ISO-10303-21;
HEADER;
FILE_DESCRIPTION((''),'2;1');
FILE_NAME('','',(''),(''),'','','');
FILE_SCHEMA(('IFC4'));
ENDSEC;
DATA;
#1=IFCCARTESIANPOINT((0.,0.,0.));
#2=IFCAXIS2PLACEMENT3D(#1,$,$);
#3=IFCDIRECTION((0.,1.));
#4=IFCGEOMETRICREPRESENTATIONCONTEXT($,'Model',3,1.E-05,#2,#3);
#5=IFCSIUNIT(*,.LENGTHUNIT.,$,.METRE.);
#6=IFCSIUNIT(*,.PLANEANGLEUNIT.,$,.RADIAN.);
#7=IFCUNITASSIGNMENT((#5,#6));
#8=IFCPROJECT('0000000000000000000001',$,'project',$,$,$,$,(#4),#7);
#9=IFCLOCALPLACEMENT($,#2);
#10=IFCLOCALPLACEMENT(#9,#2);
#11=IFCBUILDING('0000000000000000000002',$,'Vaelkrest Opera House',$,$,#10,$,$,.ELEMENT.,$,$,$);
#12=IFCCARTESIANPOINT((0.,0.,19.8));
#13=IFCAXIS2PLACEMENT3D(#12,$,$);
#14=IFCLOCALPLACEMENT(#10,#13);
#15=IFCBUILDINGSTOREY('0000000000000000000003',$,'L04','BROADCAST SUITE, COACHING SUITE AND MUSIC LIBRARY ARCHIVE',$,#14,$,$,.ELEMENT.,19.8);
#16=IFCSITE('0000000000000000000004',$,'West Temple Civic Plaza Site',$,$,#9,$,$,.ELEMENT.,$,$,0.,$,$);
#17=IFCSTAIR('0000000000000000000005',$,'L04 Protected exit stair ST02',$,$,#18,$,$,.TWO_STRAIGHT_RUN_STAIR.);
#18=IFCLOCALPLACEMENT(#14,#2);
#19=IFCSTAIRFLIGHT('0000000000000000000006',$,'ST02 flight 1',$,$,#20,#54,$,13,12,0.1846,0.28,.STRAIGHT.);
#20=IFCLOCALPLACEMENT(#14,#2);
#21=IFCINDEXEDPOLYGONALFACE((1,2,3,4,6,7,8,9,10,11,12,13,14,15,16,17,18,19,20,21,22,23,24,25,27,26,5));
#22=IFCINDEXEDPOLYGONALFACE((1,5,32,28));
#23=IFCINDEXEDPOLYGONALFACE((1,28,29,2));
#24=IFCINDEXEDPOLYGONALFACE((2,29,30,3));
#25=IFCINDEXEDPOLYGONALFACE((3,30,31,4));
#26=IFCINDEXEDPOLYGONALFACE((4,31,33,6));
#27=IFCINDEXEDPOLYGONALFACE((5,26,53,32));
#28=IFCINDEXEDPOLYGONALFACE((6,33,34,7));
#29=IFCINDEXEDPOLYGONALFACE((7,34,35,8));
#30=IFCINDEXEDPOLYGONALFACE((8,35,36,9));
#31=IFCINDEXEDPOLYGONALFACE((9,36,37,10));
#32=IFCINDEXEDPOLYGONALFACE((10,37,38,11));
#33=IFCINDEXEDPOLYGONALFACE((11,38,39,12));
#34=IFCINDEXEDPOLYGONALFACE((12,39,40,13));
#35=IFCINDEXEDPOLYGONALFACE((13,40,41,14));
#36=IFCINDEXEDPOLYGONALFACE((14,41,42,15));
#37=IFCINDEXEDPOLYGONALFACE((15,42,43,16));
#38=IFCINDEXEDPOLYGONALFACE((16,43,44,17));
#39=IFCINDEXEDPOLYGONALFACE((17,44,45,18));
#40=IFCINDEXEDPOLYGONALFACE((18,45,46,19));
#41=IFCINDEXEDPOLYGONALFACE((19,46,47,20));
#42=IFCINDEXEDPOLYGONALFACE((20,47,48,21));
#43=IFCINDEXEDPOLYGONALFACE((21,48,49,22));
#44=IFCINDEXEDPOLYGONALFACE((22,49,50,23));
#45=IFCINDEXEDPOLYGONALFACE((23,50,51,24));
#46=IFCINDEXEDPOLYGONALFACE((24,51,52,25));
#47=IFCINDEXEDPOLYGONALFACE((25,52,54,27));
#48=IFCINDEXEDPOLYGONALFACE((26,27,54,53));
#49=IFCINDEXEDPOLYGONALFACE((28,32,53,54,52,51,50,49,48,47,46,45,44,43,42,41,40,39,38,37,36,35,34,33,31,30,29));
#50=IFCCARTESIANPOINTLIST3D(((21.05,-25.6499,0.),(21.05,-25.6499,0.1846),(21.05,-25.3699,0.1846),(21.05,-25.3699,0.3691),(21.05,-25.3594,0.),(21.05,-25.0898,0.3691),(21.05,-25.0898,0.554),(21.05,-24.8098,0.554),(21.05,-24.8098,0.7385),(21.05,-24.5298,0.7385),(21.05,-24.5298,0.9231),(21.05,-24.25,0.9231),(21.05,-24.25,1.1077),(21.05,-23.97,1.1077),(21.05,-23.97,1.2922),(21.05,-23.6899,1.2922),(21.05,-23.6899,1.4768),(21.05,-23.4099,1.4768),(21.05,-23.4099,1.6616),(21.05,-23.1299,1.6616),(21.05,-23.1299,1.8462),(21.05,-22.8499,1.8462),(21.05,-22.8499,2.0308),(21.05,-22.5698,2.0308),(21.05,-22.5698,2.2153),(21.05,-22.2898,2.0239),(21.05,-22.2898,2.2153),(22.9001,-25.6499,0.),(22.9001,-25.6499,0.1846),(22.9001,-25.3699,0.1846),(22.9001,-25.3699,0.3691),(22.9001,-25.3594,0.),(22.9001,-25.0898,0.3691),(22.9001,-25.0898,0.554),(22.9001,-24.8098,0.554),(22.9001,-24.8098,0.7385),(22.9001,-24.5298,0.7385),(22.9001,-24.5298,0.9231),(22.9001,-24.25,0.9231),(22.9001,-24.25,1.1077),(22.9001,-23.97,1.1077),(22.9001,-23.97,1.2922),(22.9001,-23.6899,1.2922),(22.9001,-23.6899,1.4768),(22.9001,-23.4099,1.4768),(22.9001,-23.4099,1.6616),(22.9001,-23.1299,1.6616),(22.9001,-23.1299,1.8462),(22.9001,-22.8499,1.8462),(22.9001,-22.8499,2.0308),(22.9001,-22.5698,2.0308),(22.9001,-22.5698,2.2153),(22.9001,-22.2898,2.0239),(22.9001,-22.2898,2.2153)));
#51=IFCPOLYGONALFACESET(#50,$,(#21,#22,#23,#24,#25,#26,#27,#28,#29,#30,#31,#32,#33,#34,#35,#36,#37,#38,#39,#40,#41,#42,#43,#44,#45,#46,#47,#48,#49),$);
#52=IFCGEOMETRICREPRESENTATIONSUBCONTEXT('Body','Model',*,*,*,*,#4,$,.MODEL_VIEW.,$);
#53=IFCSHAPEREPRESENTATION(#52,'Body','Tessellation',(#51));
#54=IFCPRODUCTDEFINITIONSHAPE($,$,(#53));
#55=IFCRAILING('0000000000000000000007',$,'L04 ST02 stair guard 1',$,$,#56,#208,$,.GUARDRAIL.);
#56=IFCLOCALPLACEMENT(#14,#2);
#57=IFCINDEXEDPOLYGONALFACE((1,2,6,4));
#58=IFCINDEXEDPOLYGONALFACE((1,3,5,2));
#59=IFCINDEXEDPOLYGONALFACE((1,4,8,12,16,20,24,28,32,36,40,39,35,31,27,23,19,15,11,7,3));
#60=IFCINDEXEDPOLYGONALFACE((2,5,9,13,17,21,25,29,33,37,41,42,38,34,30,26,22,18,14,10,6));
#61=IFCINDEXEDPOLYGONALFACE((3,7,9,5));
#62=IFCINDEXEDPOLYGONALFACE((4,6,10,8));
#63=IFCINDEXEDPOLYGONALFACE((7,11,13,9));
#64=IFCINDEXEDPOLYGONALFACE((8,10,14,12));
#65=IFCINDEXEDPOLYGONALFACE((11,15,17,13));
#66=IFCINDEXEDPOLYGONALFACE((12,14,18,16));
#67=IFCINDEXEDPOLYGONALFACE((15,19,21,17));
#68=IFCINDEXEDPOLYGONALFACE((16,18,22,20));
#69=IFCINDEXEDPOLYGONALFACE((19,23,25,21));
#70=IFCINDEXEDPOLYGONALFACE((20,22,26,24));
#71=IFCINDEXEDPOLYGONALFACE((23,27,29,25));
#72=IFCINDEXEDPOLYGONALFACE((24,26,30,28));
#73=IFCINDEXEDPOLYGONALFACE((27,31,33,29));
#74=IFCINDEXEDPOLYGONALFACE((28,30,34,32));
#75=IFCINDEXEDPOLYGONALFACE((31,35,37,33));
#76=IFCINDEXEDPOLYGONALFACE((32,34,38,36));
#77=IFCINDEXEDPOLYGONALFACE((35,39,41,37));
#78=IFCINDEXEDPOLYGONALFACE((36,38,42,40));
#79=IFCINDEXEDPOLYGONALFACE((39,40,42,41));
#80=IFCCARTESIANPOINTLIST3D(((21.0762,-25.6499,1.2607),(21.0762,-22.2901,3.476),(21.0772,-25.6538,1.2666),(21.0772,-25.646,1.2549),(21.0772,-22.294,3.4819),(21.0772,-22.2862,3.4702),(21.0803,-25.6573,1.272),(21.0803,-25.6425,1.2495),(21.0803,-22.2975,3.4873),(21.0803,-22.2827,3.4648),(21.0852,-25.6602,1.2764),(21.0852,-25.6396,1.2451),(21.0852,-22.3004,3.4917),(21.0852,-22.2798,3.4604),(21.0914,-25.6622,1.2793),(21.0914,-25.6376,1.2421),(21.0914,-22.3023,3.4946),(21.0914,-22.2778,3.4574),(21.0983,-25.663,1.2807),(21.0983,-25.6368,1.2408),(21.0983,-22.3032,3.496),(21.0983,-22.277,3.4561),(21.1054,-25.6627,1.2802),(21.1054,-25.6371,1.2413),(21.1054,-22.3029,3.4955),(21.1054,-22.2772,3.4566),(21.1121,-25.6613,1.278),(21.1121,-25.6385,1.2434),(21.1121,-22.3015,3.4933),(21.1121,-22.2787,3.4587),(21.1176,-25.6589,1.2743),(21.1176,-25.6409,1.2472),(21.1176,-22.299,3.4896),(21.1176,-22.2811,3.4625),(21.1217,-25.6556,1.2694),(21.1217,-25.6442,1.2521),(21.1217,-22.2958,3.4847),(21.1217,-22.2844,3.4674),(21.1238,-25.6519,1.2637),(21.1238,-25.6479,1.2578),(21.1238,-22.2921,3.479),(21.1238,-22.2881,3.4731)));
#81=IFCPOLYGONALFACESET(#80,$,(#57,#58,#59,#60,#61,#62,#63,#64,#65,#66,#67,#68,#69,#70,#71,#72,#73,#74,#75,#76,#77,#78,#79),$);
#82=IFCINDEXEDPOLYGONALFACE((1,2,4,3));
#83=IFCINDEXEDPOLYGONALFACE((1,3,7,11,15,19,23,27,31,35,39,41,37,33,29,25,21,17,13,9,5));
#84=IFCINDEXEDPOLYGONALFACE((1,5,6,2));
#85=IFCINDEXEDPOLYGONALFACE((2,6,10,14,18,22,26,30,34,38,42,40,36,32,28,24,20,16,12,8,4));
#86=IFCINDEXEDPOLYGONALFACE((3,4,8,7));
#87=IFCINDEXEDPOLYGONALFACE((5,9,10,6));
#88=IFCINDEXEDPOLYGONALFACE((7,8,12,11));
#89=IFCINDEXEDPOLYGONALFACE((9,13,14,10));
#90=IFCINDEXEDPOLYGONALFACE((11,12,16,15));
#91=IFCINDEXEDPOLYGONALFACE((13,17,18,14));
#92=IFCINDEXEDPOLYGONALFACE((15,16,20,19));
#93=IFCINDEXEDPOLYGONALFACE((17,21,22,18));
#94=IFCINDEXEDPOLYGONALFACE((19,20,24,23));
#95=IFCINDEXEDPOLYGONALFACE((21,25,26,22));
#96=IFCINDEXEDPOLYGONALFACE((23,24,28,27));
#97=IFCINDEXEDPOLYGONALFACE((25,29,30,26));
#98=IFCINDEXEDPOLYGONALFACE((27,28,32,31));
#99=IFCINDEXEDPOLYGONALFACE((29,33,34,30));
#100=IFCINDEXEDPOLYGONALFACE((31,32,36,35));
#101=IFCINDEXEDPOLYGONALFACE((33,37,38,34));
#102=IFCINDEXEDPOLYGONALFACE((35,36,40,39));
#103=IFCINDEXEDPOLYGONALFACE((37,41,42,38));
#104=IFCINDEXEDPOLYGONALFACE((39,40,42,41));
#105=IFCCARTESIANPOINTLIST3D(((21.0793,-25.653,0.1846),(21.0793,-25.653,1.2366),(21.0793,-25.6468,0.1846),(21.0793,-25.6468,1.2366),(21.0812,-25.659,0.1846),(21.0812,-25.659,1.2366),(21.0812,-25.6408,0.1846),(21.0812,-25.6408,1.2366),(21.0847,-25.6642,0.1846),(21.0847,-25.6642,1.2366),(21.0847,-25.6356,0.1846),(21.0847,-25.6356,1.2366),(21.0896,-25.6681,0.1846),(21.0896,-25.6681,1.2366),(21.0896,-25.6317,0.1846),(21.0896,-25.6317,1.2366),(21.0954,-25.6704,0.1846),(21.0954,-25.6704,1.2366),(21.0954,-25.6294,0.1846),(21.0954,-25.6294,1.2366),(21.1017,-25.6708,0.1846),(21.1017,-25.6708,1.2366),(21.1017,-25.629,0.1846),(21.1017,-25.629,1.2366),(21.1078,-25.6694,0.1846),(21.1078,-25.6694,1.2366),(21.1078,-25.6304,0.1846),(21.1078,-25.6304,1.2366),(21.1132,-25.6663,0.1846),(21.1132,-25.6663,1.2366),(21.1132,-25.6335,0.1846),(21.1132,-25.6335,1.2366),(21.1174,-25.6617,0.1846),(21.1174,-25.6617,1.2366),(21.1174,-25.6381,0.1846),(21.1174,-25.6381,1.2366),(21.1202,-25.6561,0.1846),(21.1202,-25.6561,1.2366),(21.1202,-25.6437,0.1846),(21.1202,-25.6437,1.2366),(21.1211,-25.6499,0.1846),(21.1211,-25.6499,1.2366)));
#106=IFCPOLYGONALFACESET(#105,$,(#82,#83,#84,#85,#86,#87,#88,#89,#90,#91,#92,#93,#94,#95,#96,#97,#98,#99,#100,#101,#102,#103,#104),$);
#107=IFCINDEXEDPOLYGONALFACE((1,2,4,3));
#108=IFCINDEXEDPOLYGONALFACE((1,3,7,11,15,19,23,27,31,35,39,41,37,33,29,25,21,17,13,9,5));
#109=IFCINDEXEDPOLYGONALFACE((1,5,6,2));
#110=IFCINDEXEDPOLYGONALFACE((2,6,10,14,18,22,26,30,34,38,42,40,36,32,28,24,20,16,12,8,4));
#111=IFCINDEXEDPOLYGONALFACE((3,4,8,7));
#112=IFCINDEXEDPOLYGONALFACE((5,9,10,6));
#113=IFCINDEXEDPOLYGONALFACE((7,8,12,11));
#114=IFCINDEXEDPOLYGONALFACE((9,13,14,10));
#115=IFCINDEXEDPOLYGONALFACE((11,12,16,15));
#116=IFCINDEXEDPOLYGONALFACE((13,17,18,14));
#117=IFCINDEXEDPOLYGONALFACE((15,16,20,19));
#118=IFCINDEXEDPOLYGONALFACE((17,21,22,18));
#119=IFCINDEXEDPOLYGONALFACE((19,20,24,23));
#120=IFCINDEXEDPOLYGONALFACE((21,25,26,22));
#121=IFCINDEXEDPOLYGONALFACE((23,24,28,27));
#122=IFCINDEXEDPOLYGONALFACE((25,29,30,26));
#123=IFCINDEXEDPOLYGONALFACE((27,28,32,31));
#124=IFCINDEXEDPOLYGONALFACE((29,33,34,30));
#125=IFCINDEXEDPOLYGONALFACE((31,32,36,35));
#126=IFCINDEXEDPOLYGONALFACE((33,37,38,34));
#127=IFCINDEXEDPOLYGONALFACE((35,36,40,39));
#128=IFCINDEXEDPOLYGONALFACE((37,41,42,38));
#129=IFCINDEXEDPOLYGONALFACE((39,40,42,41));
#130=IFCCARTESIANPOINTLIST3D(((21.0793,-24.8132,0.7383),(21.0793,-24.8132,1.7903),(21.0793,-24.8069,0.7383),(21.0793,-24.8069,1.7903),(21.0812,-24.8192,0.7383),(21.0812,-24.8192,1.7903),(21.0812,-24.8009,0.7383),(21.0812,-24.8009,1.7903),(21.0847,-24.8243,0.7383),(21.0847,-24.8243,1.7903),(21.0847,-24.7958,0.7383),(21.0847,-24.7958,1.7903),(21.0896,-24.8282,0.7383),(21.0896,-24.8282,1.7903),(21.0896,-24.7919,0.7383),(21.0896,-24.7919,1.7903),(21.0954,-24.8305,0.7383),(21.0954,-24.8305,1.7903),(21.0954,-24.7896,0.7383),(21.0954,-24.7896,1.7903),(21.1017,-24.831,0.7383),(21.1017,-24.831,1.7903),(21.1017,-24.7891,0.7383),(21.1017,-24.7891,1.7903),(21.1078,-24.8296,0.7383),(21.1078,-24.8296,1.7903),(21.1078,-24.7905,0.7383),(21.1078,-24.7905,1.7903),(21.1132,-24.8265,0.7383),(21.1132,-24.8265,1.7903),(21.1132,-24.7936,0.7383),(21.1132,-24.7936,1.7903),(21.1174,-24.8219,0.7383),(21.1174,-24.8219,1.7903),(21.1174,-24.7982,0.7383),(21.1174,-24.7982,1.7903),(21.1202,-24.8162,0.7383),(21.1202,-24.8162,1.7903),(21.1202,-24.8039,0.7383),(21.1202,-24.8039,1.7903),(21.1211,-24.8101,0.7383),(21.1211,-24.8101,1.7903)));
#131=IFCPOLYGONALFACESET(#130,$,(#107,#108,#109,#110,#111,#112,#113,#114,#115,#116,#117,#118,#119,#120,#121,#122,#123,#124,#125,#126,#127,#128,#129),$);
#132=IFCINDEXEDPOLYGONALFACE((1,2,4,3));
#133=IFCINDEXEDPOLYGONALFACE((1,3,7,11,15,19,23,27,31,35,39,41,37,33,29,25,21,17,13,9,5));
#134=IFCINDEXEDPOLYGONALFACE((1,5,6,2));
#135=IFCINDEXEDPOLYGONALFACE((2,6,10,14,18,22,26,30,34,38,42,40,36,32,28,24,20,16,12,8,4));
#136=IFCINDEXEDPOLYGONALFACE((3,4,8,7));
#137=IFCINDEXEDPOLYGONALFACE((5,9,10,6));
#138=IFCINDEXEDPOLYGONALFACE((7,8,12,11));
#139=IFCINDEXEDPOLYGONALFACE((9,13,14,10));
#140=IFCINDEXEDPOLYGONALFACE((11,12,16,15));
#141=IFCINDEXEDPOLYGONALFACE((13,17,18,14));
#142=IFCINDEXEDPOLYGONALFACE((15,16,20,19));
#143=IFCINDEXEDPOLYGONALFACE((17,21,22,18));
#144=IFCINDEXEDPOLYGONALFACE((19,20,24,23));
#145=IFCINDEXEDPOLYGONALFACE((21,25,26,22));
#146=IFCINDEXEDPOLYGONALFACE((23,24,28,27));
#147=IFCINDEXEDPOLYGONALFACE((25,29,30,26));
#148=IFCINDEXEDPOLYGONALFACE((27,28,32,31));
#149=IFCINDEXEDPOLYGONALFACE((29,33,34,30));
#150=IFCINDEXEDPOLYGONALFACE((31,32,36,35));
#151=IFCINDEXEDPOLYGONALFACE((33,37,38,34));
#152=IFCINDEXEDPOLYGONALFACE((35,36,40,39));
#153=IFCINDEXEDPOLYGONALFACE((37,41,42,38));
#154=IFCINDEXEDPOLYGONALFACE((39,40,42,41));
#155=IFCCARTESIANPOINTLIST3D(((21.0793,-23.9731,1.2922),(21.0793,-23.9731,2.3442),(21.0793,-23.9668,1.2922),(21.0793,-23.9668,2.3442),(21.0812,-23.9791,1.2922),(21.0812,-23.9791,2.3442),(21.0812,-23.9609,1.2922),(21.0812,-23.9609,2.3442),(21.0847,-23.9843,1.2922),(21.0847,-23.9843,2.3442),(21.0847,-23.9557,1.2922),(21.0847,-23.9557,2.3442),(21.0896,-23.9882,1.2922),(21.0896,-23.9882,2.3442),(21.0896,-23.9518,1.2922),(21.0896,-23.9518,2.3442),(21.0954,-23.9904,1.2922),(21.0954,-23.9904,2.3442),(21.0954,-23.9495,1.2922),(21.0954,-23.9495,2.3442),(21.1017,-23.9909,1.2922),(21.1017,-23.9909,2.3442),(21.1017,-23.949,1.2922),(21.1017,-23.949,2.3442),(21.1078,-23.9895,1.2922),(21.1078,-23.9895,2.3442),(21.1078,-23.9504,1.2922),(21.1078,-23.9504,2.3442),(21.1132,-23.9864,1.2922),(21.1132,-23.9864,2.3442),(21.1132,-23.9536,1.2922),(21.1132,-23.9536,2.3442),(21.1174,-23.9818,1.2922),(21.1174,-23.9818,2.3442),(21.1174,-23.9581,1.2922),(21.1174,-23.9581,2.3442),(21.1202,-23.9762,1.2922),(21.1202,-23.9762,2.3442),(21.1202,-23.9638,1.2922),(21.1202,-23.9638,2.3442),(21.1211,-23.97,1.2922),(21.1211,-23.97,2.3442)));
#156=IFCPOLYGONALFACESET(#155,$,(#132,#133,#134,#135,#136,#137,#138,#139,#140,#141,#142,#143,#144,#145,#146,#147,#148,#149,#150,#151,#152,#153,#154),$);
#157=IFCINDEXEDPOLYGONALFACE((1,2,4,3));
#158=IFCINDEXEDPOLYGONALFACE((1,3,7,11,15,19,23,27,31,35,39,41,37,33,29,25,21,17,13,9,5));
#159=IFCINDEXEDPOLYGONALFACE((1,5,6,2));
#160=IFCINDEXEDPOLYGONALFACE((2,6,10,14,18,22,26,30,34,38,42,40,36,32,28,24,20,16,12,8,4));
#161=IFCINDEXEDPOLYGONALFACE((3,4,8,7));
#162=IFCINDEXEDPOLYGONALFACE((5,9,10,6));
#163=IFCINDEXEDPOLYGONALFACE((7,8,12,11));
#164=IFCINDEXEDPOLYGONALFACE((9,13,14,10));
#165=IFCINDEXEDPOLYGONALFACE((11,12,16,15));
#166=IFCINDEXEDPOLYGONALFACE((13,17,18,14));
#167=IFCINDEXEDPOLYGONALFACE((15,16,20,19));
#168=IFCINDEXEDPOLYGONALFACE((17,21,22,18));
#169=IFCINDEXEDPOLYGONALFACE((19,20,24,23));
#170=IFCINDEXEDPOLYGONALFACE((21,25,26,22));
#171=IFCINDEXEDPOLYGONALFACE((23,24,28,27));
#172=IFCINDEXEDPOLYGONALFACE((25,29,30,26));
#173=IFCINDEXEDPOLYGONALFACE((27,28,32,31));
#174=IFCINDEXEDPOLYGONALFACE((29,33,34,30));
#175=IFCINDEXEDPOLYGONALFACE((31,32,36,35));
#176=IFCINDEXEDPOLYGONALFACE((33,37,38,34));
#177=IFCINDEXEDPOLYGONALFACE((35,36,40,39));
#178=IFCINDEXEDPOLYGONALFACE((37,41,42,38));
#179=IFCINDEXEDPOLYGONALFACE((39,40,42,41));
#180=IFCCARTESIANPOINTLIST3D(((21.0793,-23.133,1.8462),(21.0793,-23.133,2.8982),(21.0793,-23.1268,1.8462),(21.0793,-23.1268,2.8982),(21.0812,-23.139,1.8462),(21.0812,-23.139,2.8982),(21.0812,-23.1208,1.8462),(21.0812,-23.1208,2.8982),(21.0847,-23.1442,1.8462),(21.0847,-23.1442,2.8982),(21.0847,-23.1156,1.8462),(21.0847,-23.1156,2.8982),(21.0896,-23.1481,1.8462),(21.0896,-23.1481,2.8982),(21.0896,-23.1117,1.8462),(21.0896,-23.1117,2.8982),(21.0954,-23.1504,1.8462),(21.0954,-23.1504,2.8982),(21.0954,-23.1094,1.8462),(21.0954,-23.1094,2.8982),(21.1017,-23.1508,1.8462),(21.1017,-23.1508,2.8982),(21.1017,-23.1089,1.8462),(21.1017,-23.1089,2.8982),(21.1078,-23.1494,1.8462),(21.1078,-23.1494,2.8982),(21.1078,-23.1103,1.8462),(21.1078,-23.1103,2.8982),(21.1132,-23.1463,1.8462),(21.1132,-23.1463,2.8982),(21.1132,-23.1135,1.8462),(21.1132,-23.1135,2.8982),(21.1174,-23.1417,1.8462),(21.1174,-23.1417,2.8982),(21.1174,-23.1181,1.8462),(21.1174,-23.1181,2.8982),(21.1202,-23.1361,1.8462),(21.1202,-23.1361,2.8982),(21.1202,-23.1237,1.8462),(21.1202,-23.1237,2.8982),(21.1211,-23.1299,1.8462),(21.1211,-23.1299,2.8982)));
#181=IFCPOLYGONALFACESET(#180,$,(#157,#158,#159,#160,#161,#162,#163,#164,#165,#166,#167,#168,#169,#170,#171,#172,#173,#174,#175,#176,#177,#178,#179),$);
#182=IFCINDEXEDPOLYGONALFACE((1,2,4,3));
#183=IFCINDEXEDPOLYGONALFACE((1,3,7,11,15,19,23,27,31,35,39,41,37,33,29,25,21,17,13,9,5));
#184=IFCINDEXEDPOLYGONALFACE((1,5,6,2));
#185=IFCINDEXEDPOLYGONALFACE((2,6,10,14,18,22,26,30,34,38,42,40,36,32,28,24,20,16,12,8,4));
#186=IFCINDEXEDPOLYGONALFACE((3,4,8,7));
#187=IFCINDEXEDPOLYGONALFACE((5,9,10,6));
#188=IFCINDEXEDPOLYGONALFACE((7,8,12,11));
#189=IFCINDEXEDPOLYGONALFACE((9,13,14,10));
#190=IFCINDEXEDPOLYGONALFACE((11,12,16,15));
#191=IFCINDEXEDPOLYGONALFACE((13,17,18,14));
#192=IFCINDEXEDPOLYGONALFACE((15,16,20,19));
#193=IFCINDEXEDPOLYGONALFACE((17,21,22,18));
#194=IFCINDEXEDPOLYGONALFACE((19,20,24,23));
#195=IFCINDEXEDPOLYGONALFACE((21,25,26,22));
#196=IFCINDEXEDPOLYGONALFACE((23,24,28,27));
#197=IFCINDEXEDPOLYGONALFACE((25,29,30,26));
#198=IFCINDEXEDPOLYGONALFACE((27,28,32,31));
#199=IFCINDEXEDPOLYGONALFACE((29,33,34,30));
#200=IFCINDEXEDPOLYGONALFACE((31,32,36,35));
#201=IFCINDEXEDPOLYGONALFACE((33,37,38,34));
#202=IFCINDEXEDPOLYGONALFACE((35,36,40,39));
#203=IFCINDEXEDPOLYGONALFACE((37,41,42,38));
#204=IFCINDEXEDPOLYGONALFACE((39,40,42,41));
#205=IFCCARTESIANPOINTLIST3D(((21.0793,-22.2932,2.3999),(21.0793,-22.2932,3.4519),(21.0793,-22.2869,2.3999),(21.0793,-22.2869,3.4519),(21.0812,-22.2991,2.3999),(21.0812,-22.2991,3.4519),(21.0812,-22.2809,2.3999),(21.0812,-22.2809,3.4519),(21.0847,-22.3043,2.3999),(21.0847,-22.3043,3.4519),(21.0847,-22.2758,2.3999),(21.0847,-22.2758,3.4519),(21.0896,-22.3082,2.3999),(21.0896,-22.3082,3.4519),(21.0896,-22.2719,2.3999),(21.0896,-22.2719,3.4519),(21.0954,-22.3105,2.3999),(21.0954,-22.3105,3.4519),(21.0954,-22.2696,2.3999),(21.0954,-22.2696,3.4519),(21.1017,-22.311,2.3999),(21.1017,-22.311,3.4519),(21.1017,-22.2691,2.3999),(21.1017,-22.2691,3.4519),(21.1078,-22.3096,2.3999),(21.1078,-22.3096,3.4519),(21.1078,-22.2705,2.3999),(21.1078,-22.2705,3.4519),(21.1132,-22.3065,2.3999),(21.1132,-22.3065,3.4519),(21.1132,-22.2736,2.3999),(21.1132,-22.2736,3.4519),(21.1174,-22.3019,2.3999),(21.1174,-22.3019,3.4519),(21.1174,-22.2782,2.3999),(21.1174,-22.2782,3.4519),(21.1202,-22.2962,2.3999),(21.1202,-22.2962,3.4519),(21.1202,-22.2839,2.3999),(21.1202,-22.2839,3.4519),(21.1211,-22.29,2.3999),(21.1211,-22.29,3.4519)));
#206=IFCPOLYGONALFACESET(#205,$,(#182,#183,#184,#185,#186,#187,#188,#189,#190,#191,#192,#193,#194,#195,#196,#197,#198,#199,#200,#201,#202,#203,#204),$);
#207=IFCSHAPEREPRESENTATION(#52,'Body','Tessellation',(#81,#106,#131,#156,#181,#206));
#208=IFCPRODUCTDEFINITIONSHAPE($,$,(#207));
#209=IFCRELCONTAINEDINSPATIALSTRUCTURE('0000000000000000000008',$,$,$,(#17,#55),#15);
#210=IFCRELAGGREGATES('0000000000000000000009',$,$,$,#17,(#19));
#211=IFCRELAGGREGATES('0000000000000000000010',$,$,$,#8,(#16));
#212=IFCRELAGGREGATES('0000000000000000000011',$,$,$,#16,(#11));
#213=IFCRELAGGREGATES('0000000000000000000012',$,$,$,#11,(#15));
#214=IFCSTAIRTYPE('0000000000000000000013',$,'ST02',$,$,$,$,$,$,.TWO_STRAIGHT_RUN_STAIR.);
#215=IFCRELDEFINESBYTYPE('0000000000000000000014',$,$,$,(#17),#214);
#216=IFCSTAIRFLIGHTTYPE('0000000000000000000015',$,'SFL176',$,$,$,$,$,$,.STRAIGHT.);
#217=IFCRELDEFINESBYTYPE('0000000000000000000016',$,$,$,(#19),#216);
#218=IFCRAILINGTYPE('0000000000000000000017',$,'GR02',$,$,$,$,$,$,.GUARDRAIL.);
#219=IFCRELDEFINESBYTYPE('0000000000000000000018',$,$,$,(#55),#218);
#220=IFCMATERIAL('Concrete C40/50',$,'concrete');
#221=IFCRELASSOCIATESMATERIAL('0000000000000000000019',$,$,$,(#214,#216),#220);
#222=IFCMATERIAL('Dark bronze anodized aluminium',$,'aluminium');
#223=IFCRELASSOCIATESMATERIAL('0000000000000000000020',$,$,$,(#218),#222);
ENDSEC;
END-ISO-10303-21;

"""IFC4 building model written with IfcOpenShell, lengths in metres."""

from ifc_helpers import new_model, si_unit, direction, frame, origin, origin_2d, place, context, subcontext, project, spatial, polyline, circle, outline, extrude, material, type_object, element, aggregate, save


model = new_model("IFC4")

# Units and contexts
model_context = context("Model", 3, precision=1e-05, world=origin(), true_north=direction((0.0, 1.0)))
body_context = subcontext(model_context, "Body", "Model", "MODEL_VIEW")
ifc_project = project(units=[si_unit("LENGTHUNIT", "METRE"), si_unit("PLANEANGLEUNIT", "RADIAN")], contexts=[model_context])

# Site, building, storey
site_placement = place(None, origin())
site = spatial("IfcSite", under=ifc_project, at=site_placement, Name="West Temple Civic Plaza Site", CompositionType="ELEMENT", RefElevation=0.0)
building_placement = place(site_placement, origin())
building = spatial("IfcBuilding", under=site, at=building_placement, Name="Vaelkrest Opera House", CompositionType="ELEMENT")
storey_placement = place(building_placement, frame((0.0, 0.0, 19.8)))
storey = spatial("IfcBuildingStorey", under=building, at=storey_placement, Name="L04", Description="BROADCAST SUITE, COACHING SUITE AND MUSIC LIBRARY ARCHIVE", CompositionType="ELEMENT", Elevation=19.8)

# Shared definitions
ifc_material_1 = material(Name="Dark bronze anodized aluminium", Category="aluminium")

# Stair, stair flight
ifc_material_2 = material(Name="Concrete C40/50", Category="concrete")
stair_type = type_object("IfcStairType", Name="ST02", PredefinedType="TWO_STRAIGHT_RUN_STAIR", material=ifc_material_2)
stair_placement = place(storey_placement, origin())
stair = element("IfcStair", 1, at=stair_placement, inside=storey, type_object=stair_type, Name="L04 Protected exit stair ST02", PredefinedType="TWO_STRAIGHT_RUN_STAIR")
stair_flight_type = type_object("IfcStairFlightType", Name="SFL176", PredefinedType="STRAIGHT", material=ifc_material_2)
stair_flight_placement = place(storey_placement, frame((21.9751, -25.6499, 0.0), z_axis=(0.0, 0.0, 1.0), x_axis=(0.0, 1.0, 0.0)))
stair_flight = element("IfcStairFlight", 2, at=stair_flight_placement, type_object=stair_flight_type, Name="ST02 flight 1", NumberOfRisers=13, NumberOfTreads=12, PredefinedType="STRAIGHT", RiserHeight=0.1846, TreadLength=0.28, context=body_context, shape_type="SweptSolid", body=[
    extrude(outline(polyline([(0.0, 0.0), (0.0, 0.1846), (0.28, 0.1846), (0.28, 0.3691), (0.5601, 0.3691), (0.5601, 0.554), (0.8401, 0.554), (0.8401, 0.7385), (1.1201, 0.7385), (1.1201, 0.9231), (1.3999, 0.9231), (1.3999, 1.1077), (1.6799, 1.1077), (1.6799, 1.2922), (1.96, 1.2922), (1.96, 1.4768), (2.24, 1.4768), (2.24, 1.6616), (2.52, 1.6616), (2.52, 1.8462), (2.8, 1.8462), (2.8, 2.0308), (3.0801, 2.0308), (3.0801, 2.2153), (3.3601, 2.2153), (3.3601, 2.3999), (3.3601, 2.0239), (0.2905, 0.0), (0.0, 0.0)])), frame((0.0, 0.925, 0.0), z_axis=(0.0, -1.0, 0.0), x_axis=(1.0, 0.0, 0.0)), (0.0, 0.0, 1.0), 1.8501),
])
aggregate(stair, [stair_flight])

# Railing
railing_type_1 = type_object("IfcRailingType", Name="GR02", PredefinedType="GUARDRAIL", material=ifc_material_1)
railing_1_placement = place(storey_placement, frame((21.1001, -25.6499, 0.1846)))
element("IfcRailing", 3, at=railing_1_placement, inside=storey, type_object=railing_type_1, Name="L04 ST02 stair guard 1", PredefinedType="GUARDRAIL", context=body_context, shape_type="SweptSolid", body=[
    extrude(circle(Radius=0.0239, at=origin_2d()), frame((0.0, 0.0, 1.0762), z_axis=(0.0, 0.834858, 0.550465), x_axis=(-1.0, 0.0, 0.0)), (0.0, 0.0, 1.0), 4.0244),
    extrude(circle(Radius=0.021, at=origin_2d()), origin(), (0.0, 0.0, 1.0), 1.052),
    extrude(circle(Radius=0.021, at=origin_2d()), frame((0.0, 0.8398, 0.5537)), (0.0, 0.0, 1.0), 1.052),
    extrude(circle(Radius=0.021, at=origin_2d()), frame((0.0, 1.6799, 1.1077)), (0.0, 0.0, 1.0), 1.052),
    extrude(circle(Radius=0.021, at=origin_2d()), frame((0.0, 2.52, 1.6616)), (0.0, 0.0, 1.0), 1.052),
    extrude(circle(Radius=0.021, at=origin_2d()), frame((0.0, 3.3599, 2.2153)), (0.0, 0.0, 1.0), 1.052),
])

save(model, "model.ifc")
